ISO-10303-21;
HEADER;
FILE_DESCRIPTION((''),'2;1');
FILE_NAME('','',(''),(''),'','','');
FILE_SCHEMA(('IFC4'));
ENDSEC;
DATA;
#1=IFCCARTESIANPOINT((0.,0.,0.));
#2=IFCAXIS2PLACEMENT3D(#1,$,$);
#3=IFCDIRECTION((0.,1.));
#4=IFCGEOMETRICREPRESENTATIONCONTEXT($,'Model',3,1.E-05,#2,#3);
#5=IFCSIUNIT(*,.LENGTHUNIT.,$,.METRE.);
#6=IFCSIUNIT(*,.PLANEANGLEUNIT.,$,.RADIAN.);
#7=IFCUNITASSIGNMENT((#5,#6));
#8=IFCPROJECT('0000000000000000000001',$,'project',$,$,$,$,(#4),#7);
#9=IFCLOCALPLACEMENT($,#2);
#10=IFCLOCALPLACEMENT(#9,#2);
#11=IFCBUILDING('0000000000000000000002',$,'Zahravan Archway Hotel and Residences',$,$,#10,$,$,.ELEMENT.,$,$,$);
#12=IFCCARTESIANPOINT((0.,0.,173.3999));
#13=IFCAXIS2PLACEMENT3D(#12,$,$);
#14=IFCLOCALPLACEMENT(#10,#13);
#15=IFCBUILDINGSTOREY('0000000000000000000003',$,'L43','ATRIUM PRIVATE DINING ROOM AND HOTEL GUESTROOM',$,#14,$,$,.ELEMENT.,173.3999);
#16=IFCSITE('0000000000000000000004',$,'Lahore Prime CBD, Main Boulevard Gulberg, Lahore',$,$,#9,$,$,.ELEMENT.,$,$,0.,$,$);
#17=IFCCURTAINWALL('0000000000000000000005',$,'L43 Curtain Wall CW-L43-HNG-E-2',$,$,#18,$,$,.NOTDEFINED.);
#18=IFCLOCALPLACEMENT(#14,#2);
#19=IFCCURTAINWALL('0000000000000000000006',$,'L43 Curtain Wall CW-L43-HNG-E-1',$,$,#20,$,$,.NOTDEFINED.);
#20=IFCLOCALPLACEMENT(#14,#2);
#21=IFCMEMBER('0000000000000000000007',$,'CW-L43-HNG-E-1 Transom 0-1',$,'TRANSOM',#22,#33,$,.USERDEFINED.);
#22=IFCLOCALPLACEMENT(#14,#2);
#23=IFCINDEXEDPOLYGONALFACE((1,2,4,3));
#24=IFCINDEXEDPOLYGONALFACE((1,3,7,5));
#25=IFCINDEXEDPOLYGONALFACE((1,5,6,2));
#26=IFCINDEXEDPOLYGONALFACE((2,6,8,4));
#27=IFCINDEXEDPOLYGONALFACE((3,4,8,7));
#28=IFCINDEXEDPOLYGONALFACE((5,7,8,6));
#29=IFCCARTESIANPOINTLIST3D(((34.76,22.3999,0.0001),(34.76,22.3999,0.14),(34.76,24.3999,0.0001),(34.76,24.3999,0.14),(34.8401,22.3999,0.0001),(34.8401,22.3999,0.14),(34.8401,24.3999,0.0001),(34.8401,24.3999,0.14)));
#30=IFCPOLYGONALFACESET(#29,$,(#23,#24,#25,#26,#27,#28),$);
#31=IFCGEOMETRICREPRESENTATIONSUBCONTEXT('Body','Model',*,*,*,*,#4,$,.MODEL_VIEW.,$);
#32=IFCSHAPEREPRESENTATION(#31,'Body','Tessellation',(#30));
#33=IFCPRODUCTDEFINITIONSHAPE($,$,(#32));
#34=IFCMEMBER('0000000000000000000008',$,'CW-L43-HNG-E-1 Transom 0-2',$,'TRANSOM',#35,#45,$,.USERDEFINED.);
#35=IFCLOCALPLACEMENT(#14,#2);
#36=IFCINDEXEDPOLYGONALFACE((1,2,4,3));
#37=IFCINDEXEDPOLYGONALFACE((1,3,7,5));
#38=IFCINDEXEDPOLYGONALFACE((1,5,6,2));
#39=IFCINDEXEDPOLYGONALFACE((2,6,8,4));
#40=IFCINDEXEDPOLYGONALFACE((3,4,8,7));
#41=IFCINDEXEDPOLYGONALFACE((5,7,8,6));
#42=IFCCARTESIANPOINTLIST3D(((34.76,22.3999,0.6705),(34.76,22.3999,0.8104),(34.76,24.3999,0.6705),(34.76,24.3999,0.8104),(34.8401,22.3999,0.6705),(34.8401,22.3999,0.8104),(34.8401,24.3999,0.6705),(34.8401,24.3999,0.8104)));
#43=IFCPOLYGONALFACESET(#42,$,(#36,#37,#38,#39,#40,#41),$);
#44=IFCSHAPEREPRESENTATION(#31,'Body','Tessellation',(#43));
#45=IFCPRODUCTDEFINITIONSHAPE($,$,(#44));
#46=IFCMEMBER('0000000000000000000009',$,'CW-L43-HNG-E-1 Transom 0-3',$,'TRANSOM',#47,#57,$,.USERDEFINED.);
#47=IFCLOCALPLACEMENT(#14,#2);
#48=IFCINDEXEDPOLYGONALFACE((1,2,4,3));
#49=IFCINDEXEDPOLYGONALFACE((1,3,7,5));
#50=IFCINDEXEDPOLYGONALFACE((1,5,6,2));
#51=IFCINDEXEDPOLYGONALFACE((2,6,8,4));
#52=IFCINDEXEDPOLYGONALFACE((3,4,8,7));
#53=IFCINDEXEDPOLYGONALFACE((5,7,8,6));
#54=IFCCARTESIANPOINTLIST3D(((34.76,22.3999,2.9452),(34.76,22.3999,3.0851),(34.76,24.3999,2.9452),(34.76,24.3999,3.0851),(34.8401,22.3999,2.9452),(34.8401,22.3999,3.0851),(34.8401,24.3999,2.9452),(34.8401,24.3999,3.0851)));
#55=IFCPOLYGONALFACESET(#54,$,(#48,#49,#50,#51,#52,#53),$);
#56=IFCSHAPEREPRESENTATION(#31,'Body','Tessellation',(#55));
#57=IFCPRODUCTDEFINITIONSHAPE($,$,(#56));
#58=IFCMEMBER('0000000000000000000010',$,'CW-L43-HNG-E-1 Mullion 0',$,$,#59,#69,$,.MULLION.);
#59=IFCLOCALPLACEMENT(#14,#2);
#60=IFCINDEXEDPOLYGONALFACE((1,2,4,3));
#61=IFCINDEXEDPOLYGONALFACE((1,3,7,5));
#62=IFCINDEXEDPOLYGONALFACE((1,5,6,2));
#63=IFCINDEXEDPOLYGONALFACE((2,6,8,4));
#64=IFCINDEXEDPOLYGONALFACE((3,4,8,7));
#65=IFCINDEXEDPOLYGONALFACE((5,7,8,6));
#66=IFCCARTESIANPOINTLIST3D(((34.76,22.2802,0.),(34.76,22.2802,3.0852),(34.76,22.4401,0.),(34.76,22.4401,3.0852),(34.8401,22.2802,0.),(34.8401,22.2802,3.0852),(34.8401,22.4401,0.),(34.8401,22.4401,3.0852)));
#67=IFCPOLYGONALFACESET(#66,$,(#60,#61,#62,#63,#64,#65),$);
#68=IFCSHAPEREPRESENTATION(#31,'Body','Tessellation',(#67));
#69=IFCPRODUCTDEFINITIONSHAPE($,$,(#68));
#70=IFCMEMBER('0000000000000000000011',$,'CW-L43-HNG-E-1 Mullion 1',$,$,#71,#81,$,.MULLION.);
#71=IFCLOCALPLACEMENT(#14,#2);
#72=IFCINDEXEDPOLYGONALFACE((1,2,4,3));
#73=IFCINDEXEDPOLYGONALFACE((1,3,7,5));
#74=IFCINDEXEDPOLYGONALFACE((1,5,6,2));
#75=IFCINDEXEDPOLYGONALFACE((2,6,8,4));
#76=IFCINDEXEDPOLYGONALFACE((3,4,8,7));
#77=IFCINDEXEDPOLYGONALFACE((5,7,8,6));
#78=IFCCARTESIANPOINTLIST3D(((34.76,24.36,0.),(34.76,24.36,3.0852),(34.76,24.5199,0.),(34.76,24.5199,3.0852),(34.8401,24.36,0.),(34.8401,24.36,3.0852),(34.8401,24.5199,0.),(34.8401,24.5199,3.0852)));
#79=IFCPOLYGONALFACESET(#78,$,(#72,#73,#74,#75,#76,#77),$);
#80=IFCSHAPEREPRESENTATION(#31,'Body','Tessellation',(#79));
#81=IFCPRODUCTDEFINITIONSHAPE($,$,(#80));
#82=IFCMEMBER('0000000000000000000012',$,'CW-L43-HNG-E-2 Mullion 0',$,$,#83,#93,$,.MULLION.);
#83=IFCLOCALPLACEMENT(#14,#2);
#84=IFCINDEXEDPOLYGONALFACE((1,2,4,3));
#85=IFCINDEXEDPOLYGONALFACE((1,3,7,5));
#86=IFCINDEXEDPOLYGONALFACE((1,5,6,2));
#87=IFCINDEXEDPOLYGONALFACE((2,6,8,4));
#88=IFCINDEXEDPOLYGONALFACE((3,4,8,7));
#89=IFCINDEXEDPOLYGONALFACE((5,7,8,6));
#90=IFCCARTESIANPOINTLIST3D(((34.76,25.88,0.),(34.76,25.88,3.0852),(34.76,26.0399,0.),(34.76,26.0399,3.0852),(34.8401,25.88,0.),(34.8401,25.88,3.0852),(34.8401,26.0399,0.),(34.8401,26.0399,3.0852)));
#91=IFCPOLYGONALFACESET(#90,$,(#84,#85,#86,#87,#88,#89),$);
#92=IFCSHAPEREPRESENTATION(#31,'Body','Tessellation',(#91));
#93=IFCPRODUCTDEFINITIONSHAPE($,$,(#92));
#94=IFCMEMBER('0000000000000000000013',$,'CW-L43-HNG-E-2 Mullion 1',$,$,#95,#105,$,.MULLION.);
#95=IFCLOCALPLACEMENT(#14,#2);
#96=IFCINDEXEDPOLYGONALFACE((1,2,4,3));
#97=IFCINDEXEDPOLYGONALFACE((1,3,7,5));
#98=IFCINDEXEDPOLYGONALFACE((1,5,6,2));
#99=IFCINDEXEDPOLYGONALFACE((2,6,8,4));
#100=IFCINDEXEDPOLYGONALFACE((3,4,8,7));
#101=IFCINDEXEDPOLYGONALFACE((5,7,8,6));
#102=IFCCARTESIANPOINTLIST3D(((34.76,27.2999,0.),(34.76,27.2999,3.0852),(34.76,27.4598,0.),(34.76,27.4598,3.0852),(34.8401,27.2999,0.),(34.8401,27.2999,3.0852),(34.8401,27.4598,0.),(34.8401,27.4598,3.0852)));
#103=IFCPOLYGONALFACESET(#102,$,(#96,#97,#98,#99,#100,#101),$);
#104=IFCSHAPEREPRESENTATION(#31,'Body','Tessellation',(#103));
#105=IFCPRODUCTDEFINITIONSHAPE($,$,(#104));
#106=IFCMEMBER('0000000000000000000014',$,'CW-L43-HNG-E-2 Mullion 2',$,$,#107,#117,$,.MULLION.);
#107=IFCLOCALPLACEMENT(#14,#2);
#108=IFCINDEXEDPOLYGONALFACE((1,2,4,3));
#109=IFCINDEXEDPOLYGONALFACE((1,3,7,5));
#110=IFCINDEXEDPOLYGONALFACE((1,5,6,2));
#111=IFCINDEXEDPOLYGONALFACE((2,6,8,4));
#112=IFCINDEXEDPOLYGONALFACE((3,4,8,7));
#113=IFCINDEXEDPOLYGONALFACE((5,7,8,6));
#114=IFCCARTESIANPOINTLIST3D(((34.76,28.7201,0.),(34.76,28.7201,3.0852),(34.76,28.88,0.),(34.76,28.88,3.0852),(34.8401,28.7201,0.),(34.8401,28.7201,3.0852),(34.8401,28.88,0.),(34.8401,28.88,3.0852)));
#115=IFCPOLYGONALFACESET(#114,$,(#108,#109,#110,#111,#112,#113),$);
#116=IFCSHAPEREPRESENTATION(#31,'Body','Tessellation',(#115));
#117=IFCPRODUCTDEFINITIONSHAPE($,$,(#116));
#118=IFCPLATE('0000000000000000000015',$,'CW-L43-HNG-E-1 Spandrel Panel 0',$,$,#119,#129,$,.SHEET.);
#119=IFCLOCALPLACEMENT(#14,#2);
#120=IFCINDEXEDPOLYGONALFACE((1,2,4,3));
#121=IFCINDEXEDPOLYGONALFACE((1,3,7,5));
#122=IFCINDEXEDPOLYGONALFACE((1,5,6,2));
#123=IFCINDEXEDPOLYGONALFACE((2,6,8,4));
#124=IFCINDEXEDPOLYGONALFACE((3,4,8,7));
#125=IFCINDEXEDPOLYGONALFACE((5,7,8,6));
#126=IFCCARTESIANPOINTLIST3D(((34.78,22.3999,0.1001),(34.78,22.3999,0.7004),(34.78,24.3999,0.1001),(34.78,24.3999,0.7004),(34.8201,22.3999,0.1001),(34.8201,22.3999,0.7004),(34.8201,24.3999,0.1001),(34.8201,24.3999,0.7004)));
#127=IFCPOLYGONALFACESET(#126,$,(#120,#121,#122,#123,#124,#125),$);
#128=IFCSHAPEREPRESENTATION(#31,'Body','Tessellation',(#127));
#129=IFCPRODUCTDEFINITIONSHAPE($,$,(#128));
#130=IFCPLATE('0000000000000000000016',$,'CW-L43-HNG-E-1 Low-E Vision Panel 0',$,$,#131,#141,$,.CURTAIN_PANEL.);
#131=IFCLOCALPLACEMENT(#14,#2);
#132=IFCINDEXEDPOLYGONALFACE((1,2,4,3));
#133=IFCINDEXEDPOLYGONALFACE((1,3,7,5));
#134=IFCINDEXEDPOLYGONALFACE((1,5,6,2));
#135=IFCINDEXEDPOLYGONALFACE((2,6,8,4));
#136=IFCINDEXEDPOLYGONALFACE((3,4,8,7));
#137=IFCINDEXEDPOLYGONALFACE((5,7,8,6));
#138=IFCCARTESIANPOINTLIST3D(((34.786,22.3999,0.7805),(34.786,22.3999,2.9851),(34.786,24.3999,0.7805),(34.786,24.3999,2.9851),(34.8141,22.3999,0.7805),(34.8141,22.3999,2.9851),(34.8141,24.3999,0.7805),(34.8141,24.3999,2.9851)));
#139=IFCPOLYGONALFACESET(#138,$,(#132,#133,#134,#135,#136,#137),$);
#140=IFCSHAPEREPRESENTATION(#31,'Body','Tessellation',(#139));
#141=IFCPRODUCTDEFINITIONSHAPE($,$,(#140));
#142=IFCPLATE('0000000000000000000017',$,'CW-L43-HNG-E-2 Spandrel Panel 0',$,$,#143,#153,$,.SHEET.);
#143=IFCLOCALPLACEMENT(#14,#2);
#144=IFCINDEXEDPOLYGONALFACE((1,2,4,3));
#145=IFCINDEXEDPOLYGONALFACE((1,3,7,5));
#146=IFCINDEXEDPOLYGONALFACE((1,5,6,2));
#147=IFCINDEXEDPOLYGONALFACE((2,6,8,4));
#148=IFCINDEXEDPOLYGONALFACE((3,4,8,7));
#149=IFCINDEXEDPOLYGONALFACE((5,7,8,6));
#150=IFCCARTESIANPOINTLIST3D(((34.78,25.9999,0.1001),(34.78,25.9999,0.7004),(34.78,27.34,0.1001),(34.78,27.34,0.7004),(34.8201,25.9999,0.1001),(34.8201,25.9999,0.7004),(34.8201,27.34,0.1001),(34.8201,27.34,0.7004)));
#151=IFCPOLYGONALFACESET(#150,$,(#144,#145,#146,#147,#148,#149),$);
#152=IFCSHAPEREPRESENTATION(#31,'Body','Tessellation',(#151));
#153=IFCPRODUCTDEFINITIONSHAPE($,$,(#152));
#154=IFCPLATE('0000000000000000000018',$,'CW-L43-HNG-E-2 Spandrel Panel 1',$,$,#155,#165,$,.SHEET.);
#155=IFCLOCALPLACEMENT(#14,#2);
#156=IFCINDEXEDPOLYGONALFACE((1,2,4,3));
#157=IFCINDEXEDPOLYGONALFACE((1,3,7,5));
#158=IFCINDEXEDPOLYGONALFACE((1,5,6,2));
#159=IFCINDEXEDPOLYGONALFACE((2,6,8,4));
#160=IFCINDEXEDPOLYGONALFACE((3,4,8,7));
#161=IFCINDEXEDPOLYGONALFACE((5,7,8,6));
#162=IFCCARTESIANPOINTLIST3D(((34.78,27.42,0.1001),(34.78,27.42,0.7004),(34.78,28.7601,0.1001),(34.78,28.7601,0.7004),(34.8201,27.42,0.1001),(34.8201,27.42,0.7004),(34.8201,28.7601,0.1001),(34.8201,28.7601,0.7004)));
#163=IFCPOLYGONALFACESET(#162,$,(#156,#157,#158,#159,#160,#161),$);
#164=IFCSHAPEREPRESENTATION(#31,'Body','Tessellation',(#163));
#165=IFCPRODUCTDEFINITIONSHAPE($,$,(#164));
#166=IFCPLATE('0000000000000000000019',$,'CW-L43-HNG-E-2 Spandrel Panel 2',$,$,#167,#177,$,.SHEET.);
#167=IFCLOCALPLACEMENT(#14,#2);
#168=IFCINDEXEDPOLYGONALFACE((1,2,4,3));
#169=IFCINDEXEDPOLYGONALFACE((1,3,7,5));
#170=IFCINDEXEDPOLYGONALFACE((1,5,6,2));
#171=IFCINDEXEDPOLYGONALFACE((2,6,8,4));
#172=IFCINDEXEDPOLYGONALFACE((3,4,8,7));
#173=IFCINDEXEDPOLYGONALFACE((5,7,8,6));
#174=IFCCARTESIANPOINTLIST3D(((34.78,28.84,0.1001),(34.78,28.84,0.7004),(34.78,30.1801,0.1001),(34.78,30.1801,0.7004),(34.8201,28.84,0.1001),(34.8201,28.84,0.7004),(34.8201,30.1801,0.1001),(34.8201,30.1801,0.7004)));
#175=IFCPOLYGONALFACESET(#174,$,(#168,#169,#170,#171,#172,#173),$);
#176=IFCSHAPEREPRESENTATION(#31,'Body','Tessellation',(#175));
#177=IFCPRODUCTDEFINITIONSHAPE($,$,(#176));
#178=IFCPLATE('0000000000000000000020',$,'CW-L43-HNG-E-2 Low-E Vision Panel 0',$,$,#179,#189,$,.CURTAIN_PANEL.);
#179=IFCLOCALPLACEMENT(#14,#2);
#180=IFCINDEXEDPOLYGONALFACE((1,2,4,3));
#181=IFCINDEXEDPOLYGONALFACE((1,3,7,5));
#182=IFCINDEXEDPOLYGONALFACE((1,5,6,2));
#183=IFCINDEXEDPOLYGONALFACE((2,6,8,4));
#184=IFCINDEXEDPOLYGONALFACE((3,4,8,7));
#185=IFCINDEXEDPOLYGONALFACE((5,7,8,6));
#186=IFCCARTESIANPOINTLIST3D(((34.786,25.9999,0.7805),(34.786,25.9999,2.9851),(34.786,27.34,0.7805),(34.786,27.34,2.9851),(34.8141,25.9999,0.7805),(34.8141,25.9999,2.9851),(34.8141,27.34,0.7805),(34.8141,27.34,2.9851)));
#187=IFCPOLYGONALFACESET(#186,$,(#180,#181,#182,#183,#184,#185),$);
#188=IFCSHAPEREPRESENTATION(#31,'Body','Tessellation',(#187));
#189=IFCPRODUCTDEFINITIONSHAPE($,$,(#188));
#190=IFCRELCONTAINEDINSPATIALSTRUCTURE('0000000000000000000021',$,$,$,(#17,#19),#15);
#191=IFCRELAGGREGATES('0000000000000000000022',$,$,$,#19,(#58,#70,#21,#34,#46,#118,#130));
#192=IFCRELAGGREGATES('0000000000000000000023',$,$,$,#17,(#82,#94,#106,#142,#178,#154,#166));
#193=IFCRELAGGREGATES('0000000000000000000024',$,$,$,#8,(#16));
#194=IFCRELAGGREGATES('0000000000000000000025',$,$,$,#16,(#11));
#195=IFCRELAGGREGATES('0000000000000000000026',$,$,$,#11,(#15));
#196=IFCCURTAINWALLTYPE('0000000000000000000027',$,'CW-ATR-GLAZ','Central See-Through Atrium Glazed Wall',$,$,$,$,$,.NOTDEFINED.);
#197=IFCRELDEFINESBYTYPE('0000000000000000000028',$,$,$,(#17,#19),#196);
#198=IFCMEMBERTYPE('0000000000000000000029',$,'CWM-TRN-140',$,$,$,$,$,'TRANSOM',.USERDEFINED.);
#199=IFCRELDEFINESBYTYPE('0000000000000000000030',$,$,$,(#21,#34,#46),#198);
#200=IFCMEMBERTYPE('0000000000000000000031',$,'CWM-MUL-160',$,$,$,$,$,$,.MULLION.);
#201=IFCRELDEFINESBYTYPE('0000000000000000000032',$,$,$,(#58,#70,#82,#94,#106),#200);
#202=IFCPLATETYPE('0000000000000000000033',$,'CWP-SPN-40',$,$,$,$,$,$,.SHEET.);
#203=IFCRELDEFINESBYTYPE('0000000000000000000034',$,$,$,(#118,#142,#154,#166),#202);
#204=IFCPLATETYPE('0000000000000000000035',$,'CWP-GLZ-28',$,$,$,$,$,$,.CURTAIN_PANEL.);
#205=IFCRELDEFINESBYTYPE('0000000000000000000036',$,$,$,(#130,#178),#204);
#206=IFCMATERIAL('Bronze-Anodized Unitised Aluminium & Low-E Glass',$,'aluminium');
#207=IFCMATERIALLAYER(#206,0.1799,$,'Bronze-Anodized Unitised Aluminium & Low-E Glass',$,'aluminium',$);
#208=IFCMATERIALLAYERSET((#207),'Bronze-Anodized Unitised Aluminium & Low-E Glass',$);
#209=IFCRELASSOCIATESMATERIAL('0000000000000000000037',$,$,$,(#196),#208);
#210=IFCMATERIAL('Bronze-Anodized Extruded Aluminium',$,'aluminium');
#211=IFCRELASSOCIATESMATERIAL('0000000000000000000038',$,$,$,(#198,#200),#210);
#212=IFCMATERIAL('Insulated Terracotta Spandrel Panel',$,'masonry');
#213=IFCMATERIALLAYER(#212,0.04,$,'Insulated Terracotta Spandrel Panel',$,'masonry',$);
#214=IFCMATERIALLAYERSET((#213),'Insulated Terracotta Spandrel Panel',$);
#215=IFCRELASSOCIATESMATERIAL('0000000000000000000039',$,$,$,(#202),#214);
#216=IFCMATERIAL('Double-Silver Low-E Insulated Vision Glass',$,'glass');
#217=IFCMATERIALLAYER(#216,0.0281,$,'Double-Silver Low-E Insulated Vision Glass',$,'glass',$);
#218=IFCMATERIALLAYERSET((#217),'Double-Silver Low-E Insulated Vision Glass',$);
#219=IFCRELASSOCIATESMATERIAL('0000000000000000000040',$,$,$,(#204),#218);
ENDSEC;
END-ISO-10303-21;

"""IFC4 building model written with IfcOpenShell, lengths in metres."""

from ifc_helpers import new_model, si_unit, direction, frame, origin, origin_2d, place, context, subcontext, project, spatial, rectangle, extrude, source, transform, mapped, material, layer, layer_set, material_profile, profile_set, type_object, element, aggregate, save


model = new_model("IFC4")

# Units and contexts
model_context = context("Model", 3, precision=1e-05, world=origin(), true_north=direction((0.0, 1.0)))
body_context = subcontext(model_context, "Body", "Model", "MODEL_VIEW")
ifc_project = project(units=[si_unit("LENGTHUNIT", "METRE"), si_unit("PLANEANGLEUNIT", "RADIAN")], contexts=[model_context])

# Site, building, storey
site_placement = place(None, origin())
site = spatial("IfcSite", under=ifc_project, at=site_placement, Name="Lahore Prime CBD, Main Boulevard Gulberg, Lahore", CompositionType="ELEMENT", RefElevation=0.0)
building_placement = place(site_placement, origin())
building = spatial("IfcBuilding", under=site, at=building_placement, Name="Zahravan Archway Hotel and Residences", CompositionType="ELEMENT")
storey_placement = place(building_placement, frame((0.0, 0.0, 173.3999)))
storey = spatial("IfcBuildingStorey", under=building, at=storey_placement, Name="L43", Description="ATRIUM PRIVATE DINING ROOM AND HOTEL GUESTROOM", CompositionType="ELEMENT", Elevation=173.3999)

# Curtain walls, members
ifc_material_1 = material(Name="Bronze-Anodized Unitised Aluminium & Low-E Glass", Category="aluminium")
ifc_layer_1 = layer(ifc_material_1, 0.1799, Name="Bronze-Anodized Unitised Aluminium & Low-E Glass", Category="aluminium")
ifc_layer_set_1 = layer_set([ifc_layer_1], Name="Bronze-Anodized Unitised Aluminium & Low-E Glass")
curtain_wall_type = type_object("IfcCurtainWallType", Name="CW-ATR-GLAZ", Description="Central See-Through Atrium Glazed Wall", PredefinedType="NOTDEFINED", material=ifc_layer_set_1)
curtain_wall_1_placement = place(storey_placement, origin())
curtain_wall_1 = element("IfcCurtainWall", 1, at=curtain_wall_1_placement, inside=storey, type_object=curtain_wall_type, Name="L43 Curtain Wall CW-L43-HNG-E-2", PredefinedType="NOTDEFINED")
ifc_material_2 = material(Name="Bronze-Anodized Extruded Aluminium", Category="aluminium")
ifc_material_profile_1 = material_profile(ifc_material_2, rectangle(XDim=0.0801, YDim=0.1399, at=origin_2d()), Name="TRN 80x140", Category="aluminium")
ifc_profile_set_1 = profile_set([ifc_material_profile_1], Name="Bronze-Anodized Extruded Aluminium")
member_type_1 = type_object("IfcMemberType", Name="CWM-TRN-140", ElementType="TRANSOM", PredefinedType="USERDEFINED", material=ifc_profile_set_1)
curtain_wall_2_placement = place(storey_placement, origin())
curtain_wall_2 = element("IfcCurtainWall", 2, at=curtain_wall_2_placement, inside=storey, type_object=curtain_wall_type, Name="L43 Curtain Wall CW-L43-HNG-E-1", PredefinedType="NOTDEFINED")
shared_shape_1 = source(origin(), body_context, "Body", "SweptSolid", [
    extrude(rectangle(XDim=0.0801, YDim=0.1399, at=origin_2d()), origin(), (0.0, 0.0, 1.0), 2.0),
])
member_1_placement = place(storey_placement, frame((34.8, 22.3999, 0.0701), z_axis=(0.0, 1.0, 0.0), x_axis=(-1.0, 0.0, 0.0)))
member_1 = element("IfcMember", 3, at=member_1_placement, type_object=member_type_1, Name="CW-L43-HNG-E-1 Transom 0-1", ObjectType="TRANSOM", PredefinedType="USERDEFINED", context=body_context, shape_type="MappedRepresentation", body=[
    mapped(shared_shape_1, transform((0.0, 0.0, 0.0), scale=1.0)),
])
member_2_placement = place(storey_placement, frame((34.8, 22.3999, 0.7405), z_axis=(0.0, 1.0, 0.0), x_axis=(-1.0, 0.0, 0.0)))
member_2 = element("IfcMember", 4, at=member_2_placement, type_object=member_type_1, Name="CW-L43-HNG-E-1 Transom 0-2", ObjectType="TRANSOM", PredefinedType="USERDEFINED", context=body_context, shape_type="MappedRepresentation", body=[
    mapped(shared_shape_1, transform((0.0, 0.0, 0.0), scale=1.0)),
])
member_3_placement = place(storey_placement, frame((34.8, 22.3999, 3.0151), z_axis=(0.0, 1.0, 0.0), x_axis=(-1.0, 0.0, 0.0)))
member_3 = element("IfcMember", 5, at=member_3_placement, type_object=member_type_1, Name="CW-L43-HNG-E-1 Transom 0-3", ObjectType="TRANSOM", PredefinedType="USERDEFINED", context=body_context, shape_type="MappedRepresentation", body=[
    mapped(shared_shape_1, transform((0.0, 0.0, 0.0), scale=1.0)),
])
ifc_material_profile_2 = material_profile(ifc_material_2, rectangle(XDim=0.0801, YDim=0.1599, at=origin_2d()), Name="MUL 80x160", Category="aluminium")
ifc_profile_set_2 = profile_set([ifc_material_profile_2], Name="Bronze-Anodized Extruded Aluminium")
member_type_2 = type_object("IfcMemberType", Name="CWM-MUL-160", PredefinedType="MULLION", material=ifc_profile_set_2)
shared_shape_2 = source(origin(), body_context, "Body", "SweptSolid", [
    extrude(rectangle(XDim=0.0801, YDim=0.1599, at=origin_2d()), origin(), (0.0, 0.0, 1.0), 3.0852),
])
member_4_placement = place(storey_placement, frame((34.8, 22.3601, 0.0), z_axis=(0.0, 0.0, 1.0), x_axis=(1.0, 0.0, 0.0)))
member_4 = element("IfcMember", 6, at=member_4_placement, type_object=member_type_2, Name="CW-L43-HNG-E-1 Mullion 0", PredefinedType="MULLION", context=body_context, shape_type="MappedRepresentation", body=[
    mapped(shared_shape_2, transform((0.0, 0.0, 0.0), scale=1.0)),
])
member_5_placement = place(storey_placement, frame((34.8, 24.4399, 0.0), z_axis=(0.0, 0.0, 1.0), x_axis=(1.0, 0.0, 0.0)))
member_5 = element("IfcMember", 7, at=member_5_placement, type_object=member_type_2, Name="CW-L43-HNG-E-1 Mullion 1", PredefinedType="MULLION", context=body_context, shape_type="MappedRepresentation", body=[
    mapped(shared_shape_2, transform((0.0, 0.0, 0.0), scale=1.0)),
])

# Members
member_6_placement = place(storey_placement, frame((34.8, 25.96, 0.0), z_axis=(0.0, 0.0, 1.0), x_axis=(1.0, 0.0, 0.0)))
member_6 = element("IfcMember", 8, at=member_6_placement, type_object=member_type_2, Name="CW-L43-HNG-E-2 Mullion 0", PredefinedType="MULLION", context=body_context, shape_type="MappedRepresentation", body=[
    mapped(shared_shape_2, transform((0.0, 0.0, 0.0), scale=1.0)),
])
member_7_placement = place(storey_placement, frame((34.8, 27.3799, 0.0), z_axis=(0.0, 0.0, 1.0), x_axis=(1.0, 0.0, 0.0)))
member_7 = element("IfcMember", 9, at=member_7_placement, type_object=member_type_2, Name="CW-L43-HNG-E-2 Mullion 1", PredefinedType="MULLION", context=body_context, shape_type="MappedRepresentation", body=[
    mapped(shared_shape_2, transform((0.0, 0.0, 0.0), scale=1.0)),
])
member_8_placement = place(storey_placement, frame((34.8, 28.8, 0.0), z_axis=(0.0, 0.0, 1.0), x_axis=(1.0, 0.0, 0.0)))
member_8 = element("IfcMember", 10, at=member_8_placement, type_object=member_type_2, Name="CW-L43-HNG-E-2 Mullion 2", PredefinedType="MULLION", context=body_context, shape_type="MappedRepresentation", body=[
    mapped(shared_shape_2, transform((0.0, 0.0, 0.0), scale=1.0)),
])

# Plates
ifc_material_3 = material(Name="Insulated Terracotta Spandrel Panel", Category="masonry")
ifc_layer_2 = layer(ifc_material_3, 0.04, Name="Insulated Terracotta Spandrel Panel", Category="masonry")
ifc_layer_set_2 = layer_set([ifc_layer_2], Name="Insulated Terracotta Spandrel Panel")
plate_type_1 = type_object("IfcPlateType", Name="CWP-SPN-40", PredefinedType="SHEET", material=ifc_layer_set_2)
shared_shape_3 = source(origin(), body_context, "Body", "SweptSolid", [
    extrude(rectangle(XDim=2.0, YDim=0.04, at=origin_2d()), origin(), (0.0, 0.0, 1.0), 0.6003),
])
plate_1_placement = place(storey_placement, frame((34.8, 23.3999, 0.1001), z_axis=(0.0, 0.0, 1.0), x_axis=(0.0, 1.0, 0.0)))
plate_1 = element("IfcPlate", 11, at=plate_1_placement, type_object=plate_type_1, Name="CW-L43-HNG-E-1 Spandrel Panel 0", PredefinedType="SHEET", context=body_context, shape_type="MappedRepresentation", body=[
    mapped(shared_shape_3, transform((0.0, 0.0, 0.0), scale=1.0)),
])
ifc_material_4 = material(Name="Double-Silver Low-E Insulated Vision Glass", Category="glass")
ifc_layer_3 = layer(ifc_material_4, 0.0281, Name="Double-Silver Low-E Insulated Vision Glass", Category="glass")
ifc_layer_set_3 = layer_set([ifc_layer_3], Name="Double-Silver Low-E Insulated Vision Glass")
plate_type_2 = type_object("IfcPlateType", Name="CWP-GLZ-28", PredefinedType="CURTAIN_PANEL", material=ifc_layer_set_3)
shared_shape_4 = source(origin(), body_context, "Body", "SweptSolid", [
    extrude(rectangle(XDim=2.0, YDim=0.0281, at=origin_2d()), origin(), (0.0, 0.0, 1.0), 2.2046),
])
plate_2_placement = place(storey_placement, frame((34.8, 23.3999, 0.7805), z_axis=(0.0, 0.0, 1.0), x_axis=(0.0, 1.0, 0.0)))
plate_2 = element("IfcPlate", 12, at=plate_2_placement, type_object=plate_type_2, Name="CW-L43-HNG-E-1 Low-E Vision Panel 0", PredefinedType="CURTAIN_PANEL", context=body_context, shape_type="MappedRepresentation", body=[
    mapped(shared_shape_4, transform((0.0, 0.0, 0.0), scale=1.0)),
])
aggregate(curtain_wall_2, [member_4, member_5, member_1, member_2, member_3, plate_1, plate_2])
shared_shape_5 = source(origin(), body_context, "Body", "SweptSolid", [
    extrude(rectangle(XDim=1.3401, YDim=0.04, at=origin_2d()), origin(), (0.0, 0.0, 1.0), 0.6003),
])
plate_3_placement = place(storey_placement, frame((34.8, 26.6699, 0.1001), z_axis=(0.0, 0.0, 1.0), x_axis=(0.0, 1.0, 0.0)))
plate_3 = element("IfcPlate", 13, at=plate_3_placement, type_object=plate_type_1, Name="CW-L43-HNG-E-2 Spandrel Panel 0", PredefinedType="SHEET", context=body_context, shape_type="MappedRepresentation", body=[
    mapped(shared_shape_5, transform((0.0, 0.0, 0.0), scale=1.0)),
])
plate_4_placement = place(storey_placement, frame((34.8, 28.0901, 0.1001), z_axis=(0.0, 0.0, 1.0), x_axis=(0.0, 1.0, 0.0)))
plate_4 = element("IfcPlate", 14, at=plate_4_placement, type_object=plate_type_1, Name="CW-L43-HNG-E-2 Spandrel Panel 1", PredefinedType="SHEET", context=body_context, shape_type="MappedRepresentation", body=[
    mapped(shared_shape_5, transform((0.0, 0.0, 0.0), scale=1.0)),
])
plate_5_placement = place(storey_placement, frame((34.8, 29.51, 0.1001), z_axis=(0.0, 0.0, 1.0), x_axis=(0.0, 1.0, 0.0)))
plate_5 = element("IfcPlate", 15, at=plate_5_placement, type_object=plate_type_1, Name="CW-L43-HNG-E-2 Spandrel Panel 2", PredefinedType="SHEET", context=body_context, shape_type="MappedRepresentation", body=[
    mapped(shared_shape_5, transform((0.0, 0.0, 0.0), scale=1.0)),
])
shared_shape_6 = source(origin(), body_context, "Body", "SweptSolid", [
    extrude(rectangle(XDim=1.3401, YDim=0.0281, at=origin_2d()), origin(), (0.0, 0.0, 1.0), 2.2046),
])
plate_6_placement = place(storey_placement, frame((34.8, 26.6699, 0.7805), z_axis=(0.0, 0.0, 1.0), x_axis=(0.0, 1.0, 0.0)))
plate_6 = element("IfcPlate", 16, at=plate_6_placement, type_object=plate_type_2, Name="CW-L43-HNG-E-2 Low-E Vision Panel 0", PredefinedType="CURTAIN_PANEL", context=body_context, shape_type="MappedRepresentation", body=[
    mapped(shared_shape_6, transform((0.0, 0.0, 0.0), scale=1.0)),
])
aggregate(curtain_wall_1, [member_6, member_7, member_8, plate_3, plate_6, plate_4, plate_5])

save(model, "model.ifc")
